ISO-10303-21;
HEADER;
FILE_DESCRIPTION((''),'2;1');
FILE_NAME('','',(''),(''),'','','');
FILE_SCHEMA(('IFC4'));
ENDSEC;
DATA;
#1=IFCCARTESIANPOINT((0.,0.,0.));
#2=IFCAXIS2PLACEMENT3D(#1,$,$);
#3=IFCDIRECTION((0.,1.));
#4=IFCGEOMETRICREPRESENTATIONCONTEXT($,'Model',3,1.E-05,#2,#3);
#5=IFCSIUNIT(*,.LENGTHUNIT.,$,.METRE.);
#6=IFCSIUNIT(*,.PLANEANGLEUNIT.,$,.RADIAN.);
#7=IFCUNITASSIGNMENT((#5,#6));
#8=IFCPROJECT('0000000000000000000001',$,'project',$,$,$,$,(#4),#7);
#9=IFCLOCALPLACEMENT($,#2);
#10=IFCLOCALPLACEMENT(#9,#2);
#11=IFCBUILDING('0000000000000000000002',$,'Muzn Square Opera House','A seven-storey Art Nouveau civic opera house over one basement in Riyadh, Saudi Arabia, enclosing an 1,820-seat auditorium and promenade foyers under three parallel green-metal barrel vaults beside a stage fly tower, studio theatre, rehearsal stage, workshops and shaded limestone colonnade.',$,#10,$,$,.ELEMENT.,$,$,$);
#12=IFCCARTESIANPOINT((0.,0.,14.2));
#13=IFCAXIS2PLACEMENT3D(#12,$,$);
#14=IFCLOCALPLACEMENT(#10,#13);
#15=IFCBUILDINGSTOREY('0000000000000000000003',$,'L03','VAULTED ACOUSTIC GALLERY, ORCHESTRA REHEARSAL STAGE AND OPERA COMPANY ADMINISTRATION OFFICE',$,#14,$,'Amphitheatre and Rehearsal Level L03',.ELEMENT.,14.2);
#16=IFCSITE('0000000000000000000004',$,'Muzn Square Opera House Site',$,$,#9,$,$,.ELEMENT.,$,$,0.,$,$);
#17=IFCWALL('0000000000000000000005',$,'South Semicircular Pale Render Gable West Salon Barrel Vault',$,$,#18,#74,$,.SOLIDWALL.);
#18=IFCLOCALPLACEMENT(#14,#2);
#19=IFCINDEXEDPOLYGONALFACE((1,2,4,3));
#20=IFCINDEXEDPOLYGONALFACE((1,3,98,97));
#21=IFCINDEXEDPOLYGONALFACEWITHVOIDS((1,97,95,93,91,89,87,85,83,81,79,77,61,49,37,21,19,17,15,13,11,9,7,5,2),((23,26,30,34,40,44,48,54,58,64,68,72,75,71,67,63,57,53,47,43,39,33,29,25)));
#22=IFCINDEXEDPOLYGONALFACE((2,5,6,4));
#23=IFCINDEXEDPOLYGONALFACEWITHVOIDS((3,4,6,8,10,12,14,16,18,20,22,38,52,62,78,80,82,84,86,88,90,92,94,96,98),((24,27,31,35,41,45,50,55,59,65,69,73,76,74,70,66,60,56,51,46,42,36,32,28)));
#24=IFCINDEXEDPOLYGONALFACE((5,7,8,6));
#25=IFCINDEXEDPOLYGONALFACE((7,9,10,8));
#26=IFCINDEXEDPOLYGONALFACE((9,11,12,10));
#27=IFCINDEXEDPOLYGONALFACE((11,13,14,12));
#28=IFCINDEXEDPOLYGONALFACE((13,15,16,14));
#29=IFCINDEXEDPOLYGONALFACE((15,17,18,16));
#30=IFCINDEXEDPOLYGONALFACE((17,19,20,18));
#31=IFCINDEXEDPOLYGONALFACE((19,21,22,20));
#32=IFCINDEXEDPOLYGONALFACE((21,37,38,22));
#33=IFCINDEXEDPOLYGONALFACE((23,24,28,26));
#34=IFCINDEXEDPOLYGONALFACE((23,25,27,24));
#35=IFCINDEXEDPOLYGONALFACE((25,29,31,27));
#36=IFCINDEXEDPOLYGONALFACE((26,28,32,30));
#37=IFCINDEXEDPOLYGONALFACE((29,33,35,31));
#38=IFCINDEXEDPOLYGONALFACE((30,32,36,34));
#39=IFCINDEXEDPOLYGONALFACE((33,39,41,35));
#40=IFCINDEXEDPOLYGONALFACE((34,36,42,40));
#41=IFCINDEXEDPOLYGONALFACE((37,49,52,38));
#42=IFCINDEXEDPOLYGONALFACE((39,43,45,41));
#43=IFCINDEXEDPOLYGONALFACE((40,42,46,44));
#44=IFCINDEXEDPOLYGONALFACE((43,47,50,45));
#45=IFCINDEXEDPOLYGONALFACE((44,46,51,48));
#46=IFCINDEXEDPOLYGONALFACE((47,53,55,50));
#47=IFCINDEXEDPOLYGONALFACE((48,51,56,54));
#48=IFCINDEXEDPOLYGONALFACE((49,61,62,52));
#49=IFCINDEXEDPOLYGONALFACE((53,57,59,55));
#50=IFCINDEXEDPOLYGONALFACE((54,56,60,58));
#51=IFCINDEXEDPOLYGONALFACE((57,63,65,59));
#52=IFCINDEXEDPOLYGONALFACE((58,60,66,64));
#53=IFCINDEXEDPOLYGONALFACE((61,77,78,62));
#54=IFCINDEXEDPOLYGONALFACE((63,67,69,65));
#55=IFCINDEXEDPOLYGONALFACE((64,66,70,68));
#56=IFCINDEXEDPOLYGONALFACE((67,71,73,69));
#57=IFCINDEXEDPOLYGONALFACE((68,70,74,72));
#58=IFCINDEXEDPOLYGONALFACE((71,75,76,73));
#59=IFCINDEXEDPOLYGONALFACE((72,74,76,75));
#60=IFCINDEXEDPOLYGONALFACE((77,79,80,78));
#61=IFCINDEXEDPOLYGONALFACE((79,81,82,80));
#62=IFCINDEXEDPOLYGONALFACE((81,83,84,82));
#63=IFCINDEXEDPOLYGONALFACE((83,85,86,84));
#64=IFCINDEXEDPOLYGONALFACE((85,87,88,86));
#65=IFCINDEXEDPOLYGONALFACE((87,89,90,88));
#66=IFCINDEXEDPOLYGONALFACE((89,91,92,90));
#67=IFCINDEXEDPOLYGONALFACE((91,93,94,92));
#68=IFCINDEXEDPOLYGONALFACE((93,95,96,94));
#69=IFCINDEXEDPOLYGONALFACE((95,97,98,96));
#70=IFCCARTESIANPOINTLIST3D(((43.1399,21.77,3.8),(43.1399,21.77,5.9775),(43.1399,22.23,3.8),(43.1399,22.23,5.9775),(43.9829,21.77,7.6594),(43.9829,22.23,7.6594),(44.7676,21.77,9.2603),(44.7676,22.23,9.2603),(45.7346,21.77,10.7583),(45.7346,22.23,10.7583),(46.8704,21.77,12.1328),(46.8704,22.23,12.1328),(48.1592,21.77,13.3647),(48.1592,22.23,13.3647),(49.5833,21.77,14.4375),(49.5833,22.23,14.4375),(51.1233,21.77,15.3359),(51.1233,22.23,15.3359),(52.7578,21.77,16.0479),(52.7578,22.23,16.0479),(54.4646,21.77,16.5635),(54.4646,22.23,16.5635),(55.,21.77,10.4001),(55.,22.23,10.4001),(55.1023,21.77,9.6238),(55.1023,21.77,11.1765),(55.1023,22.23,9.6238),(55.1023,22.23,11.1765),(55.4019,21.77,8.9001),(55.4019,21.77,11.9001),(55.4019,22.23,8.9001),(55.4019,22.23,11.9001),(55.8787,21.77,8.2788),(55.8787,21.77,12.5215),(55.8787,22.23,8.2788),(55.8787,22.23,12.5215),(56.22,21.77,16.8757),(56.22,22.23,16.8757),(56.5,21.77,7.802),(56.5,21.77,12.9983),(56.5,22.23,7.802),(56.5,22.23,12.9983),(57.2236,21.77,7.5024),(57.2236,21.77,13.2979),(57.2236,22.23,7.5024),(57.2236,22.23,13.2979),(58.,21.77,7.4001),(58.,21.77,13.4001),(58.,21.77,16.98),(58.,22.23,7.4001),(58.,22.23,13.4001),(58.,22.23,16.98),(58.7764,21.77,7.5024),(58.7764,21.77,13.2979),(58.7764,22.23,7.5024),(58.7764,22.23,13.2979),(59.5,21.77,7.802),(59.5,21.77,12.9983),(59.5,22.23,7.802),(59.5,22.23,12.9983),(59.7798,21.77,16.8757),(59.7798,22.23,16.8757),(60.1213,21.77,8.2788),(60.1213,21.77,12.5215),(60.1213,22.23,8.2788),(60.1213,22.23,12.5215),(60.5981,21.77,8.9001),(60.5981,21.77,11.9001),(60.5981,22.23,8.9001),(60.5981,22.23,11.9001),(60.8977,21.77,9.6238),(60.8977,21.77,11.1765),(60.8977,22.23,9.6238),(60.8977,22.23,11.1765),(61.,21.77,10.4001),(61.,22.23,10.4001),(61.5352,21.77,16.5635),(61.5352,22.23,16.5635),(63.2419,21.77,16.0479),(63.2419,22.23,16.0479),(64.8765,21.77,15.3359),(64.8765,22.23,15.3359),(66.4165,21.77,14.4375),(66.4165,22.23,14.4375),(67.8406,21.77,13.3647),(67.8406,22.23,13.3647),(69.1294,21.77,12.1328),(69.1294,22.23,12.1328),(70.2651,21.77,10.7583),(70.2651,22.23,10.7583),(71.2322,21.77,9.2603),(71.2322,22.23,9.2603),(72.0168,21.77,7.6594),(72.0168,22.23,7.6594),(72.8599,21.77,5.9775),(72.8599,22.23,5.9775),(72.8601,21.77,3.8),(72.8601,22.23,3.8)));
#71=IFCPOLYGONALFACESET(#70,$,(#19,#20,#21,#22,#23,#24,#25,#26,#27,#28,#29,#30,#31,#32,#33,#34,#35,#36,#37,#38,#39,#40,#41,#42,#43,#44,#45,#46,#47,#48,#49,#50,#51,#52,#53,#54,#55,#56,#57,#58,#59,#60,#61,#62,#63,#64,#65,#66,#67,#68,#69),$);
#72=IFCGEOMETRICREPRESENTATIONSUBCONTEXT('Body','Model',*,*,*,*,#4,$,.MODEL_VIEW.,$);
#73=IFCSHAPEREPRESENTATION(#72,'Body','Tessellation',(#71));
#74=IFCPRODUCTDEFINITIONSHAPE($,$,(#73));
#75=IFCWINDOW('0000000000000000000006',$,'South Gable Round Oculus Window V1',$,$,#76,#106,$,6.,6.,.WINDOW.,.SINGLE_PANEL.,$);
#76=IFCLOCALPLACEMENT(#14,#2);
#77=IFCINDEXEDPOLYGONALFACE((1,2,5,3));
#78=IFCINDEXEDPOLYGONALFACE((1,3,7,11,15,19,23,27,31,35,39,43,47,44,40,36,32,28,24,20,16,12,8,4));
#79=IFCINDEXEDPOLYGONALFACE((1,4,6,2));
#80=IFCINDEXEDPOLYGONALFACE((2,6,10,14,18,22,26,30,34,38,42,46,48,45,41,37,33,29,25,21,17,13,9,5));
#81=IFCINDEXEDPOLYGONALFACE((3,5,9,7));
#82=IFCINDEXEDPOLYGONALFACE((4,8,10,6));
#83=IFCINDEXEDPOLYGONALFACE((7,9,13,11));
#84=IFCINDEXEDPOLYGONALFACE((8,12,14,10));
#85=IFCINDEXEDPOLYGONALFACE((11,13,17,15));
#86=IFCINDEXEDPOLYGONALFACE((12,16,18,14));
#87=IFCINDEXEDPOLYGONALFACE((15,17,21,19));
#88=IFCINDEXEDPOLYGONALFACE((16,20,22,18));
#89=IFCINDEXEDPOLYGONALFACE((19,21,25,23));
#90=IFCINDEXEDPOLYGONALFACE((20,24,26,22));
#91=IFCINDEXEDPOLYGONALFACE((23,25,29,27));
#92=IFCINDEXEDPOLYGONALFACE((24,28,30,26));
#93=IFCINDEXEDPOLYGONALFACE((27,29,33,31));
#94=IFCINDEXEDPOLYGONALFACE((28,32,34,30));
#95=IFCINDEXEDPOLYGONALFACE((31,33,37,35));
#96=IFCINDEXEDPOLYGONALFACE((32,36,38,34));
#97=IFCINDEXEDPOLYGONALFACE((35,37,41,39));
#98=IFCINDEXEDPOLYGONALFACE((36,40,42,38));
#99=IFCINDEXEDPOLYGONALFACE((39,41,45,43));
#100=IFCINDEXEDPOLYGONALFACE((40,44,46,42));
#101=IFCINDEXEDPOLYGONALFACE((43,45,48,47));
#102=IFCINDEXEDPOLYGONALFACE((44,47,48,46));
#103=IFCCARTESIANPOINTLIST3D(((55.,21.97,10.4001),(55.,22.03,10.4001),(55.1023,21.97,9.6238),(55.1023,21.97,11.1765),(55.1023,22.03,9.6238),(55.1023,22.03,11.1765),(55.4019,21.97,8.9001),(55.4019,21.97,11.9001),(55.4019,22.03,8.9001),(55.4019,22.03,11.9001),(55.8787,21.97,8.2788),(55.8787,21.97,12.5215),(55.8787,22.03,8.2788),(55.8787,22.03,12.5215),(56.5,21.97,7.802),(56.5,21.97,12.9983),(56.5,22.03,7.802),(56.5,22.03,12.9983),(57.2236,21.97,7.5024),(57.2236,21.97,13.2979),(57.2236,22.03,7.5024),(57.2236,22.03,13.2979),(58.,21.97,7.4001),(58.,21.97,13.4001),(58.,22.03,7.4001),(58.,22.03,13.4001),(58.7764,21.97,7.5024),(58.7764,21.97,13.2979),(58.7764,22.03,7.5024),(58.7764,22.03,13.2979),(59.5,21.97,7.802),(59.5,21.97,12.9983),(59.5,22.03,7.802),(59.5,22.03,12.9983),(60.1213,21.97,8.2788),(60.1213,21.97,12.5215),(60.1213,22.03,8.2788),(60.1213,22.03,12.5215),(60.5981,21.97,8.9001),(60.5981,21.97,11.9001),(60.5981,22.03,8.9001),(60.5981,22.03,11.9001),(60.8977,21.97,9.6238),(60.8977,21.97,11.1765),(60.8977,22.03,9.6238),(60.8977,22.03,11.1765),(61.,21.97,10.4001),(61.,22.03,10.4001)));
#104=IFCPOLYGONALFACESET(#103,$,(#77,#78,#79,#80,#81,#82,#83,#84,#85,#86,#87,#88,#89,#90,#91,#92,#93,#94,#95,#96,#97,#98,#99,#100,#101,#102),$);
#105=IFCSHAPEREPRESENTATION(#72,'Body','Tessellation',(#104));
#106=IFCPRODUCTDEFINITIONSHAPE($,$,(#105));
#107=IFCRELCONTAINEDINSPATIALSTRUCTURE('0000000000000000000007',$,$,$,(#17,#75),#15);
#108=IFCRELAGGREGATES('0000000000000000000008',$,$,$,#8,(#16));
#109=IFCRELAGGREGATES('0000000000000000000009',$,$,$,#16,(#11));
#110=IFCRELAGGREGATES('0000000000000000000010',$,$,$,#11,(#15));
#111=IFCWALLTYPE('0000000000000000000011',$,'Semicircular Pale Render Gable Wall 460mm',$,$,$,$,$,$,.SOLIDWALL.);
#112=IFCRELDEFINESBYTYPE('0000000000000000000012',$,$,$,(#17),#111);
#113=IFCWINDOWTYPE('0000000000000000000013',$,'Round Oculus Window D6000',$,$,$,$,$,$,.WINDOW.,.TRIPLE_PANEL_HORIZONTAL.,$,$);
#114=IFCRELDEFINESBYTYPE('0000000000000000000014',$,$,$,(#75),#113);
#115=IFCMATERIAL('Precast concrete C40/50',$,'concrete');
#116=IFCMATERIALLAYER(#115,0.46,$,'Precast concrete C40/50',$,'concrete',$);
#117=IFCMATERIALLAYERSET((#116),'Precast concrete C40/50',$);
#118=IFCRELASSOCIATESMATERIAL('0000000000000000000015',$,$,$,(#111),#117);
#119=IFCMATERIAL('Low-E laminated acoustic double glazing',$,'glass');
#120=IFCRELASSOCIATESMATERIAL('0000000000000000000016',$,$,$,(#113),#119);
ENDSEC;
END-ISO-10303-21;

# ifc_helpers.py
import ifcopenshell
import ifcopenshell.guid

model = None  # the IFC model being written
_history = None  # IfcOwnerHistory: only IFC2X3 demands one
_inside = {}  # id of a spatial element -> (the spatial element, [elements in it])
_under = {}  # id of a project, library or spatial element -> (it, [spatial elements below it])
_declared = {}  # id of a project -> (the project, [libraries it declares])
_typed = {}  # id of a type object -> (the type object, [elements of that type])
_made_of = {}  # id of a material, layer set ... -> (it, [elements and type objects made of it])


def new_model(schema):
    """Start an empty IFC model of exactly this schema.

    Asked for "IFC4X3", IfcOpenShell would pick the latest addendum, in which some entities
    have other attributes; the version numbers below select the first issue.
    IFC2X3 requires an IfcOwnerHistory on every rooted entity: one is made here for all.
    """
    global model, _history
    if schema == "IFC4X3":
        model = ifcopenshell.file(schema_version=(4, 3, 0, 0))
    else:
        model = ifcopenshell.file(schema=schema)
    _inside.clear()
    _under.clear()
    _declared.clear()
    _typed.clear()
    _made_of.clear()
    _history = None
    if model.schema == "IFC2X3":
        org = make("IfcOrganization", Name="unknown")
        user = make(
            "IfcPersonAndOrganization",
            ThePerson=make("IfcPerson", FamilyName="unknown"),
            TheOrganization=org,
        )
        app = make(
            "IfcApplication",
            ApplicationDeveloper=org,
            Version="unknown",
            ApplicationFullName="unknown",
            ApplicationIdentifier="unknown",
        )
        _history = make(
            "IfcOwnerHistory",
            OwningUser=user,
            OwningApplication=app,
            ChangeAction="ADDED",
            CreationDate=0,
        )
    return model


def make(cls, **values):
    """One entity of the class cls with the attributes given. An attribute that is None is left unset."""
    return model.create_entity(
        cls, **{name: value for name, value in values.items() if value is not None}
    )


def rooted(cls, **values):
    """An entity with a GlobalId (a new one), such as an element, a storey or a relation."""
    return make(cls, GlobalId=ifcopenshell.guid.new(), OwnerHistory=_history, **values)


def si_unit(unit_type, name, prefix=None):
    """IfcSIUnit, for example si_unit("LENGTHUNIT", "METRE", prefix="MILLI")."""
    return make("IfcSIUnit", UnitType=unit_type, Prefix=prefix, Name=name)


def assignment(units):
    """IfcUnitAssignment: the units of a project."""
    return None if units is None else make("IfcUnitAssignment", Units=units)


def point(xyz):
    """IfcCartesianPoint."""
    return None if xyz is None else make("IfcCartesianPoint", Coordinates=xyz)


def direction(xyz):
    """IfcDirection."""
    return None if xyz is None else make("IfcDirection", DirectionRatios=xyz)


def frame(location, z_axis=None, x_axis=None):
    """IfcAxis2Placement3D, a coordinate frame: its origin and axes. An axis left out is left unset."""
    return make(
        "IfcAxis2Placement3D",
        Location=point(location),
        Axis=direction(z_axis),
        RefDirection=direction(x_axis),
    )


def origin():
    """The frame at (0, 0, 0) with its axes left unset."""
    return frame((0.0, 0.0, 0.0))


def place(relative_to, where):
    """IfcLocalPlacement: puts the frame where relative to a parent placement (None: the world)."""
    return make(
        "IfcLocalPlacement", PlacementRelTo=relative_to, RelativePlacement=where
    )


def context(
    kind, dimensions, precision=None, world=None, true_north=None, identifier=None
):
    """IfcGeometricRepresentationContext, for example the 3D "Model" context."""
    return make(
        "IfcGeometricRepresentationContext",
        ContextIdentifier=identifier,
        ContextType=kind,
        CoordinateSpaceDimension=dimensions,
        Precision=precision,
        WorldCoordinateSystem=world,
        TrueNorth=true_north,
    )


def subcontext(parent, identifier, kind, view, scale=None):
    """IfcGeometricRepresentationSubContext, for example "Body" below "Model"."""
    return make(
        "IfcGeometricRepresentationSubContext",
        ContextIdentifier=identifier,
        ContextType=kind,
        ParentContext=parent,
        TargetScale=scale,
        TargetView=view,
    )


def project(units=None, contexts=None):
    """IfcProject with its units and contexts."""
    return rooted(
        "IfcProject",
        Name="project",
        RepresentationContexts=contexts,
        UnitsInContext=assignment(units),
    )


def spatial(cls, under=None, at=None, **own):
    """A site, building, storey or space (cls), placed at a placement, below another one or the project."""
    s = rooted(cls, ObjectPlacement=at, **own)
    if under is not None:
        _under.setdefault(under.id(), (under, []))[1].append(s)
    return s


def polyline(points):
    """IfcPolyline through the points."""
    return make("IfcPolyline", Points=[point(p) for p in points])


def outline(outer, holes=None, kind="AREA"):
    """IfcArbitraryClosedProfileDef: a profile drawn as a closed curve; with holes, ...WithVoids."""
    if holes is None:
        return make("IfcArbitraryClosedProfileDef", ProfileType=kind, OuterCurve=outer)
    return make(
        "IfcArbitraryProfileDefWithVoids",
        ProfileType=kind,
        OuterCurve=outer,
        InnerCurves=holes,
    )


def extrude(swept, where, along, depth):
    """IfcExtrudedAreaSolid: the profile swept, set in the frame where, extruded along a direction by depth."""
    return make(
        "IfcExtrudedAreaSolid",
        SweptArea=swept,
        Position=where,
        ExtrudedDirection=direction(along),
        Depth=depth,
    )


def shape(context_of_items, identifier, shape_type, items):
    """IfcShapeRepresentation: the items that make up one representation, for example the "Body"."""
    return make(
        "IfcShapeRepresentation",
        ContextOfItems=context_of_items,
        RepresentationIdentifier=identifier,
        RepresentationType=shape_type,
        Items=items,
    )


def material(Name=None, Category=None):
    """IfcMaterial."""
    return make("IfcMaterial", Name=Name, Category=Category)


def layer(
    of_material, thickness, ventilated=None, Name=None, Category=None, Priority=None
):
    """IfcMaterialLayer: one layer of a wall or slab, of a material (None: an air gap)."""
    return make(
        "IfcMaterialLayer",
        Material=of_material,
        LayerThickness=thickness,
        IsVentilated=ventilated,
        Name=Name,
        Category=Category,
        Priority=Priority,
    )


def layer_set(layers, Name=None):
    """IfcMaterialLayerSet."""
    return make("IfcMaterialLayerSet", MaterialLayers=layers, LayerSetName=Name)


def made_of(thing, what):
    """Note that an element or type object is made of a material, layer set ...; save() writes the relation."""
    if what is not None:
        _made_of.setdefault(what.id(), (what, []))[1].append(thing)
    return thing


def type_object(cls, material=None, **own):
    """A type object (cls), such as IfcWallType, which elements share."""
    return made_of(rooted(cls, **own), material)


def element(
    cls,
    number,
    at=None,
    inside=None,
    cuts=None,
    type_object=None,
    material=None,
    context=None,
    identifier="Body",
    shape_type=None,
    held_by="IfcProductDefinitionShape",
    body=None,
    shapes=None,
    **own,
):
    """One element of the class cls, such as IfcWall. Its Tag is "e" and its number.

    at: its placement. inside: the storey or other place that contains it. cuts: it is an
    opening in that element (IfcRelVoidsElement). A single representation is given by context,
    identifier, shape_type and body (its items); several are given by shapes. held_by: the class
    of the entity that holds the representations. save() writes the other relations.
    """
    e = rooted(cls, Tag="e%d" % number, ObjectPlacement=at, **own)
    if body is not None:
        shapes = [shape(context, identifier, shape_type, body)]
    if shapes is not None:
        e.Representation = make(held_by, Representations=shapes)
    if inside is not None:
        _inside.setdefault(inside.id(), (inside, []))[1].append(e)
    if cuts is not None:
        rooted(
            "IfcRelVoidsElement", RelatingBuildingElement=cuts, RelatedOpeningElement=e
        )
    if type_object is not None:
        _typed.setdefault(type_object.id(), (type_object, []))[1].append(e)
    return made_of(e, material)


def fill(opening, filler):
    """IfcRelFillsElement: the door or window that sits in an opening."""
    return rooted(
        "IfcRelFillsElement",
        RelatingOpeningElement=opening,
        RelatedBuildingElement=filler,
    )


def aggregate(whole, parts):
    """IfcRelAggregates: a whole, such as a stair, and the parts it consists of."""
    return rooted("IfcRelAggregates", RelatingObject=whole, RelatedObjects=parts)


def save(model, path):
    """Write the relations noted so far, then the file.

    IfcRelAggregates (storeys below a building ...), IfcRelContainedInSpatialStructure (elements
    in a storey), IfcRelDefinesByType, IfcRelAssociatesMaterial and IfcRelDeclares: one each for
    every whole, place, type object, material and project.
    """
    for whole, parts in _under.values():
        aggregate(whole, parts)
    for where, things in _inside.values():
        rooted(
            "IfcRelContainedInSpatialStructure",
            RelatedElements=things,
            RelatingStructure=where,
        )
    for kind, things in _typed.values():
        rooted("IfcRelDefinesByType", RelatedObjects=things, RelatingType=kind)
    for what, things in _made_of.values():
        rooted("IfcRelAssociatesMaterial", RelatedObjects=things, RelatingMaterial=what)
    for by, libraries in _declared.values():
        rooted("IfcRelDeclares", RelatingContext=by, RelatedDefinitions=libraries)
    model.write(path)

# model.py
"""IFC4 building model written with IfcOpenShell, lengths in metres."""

from ifc_helpers import new_model, si_unit, direction, frame, origin, place, context, subcontext, project, spatial, polyline, outline, extrude, material, layer, layer_set, type_object, element, fill, save


model = new_model("IFC4")

# Units and contexts
model_context = context("Model", 3, precision=1e-05, world=origin(), true_north=direction((0.0, 1.0)))
body_context = subcontext(model_context, "Body", "Model", "MODEL_VIEW")
ifc_project = project(units=[si_unit("LENGTHUNIT", "METRE"), si_unit("PLANEANGLEUNIT", "RADIAN")], contexts=[model_context])

# Site, building, storey
site_placement = place(None, origin())
site = spatial("IfcSite", under=ifc_project, at=site_placement, Name="Muzn Square Opera House Site", CompositionType="ELEMENT", RefElevation=0.0)
building_placement = place(site_placement, origin())
building = spatial("IfcBuilding", under=site, at=building_placement, Name="Muzn Square Opera House", Description="A seven-storey Art Nouveau civic opera house over one basement in Riyadh, Saudi Arabia, enclosing an 1,820-seat auditorium and promenade foyers under three parallel green-metal barrel vaults beside a stage fly tower, studio theatre, rehearsal stage, workshops and shaded limestone colonnade.", CompositionType="ELEMENT")
storey_placement = place(building_placement, frame((0.0, 0.0, 14.2)))
storey = spatial("IfcBuildingStorey", under=building, at=storey_placement, Name="L03", Description="VAULTED ACOUSTIC GALLERY, ORCHESTRA REHEARSAL STAGE AND OPERA COMPANY ADMINISTRATION OFFICE", LongName="Amphitheatre and Rehearsal Level L03", CompositionType="ELEMENT", Elevation=14.2)

# Shared definitions
ifc_material_1 = material(Name="Low-E laminated acoustic double glazing", Category="glass")

# Wall, opening, window
ifc_material_2 = material(Name="Precast concrete C40/50", Category="concrete")
ifc_layer_1 = layer(ifc_material_2, 0.46, Name="Precast concrete C40/50", Category="concrete")
ifc_layer_set_1 = layer_set([ifc_layer_1], Name="Precast concrete C40/50")
wall_type_1 = type_object("IfcWallType", Name="Semicircular Pale Render Gable Wall 460mm", PredefinedType="SOLIDWALL", material=ifc_layer_set_1)
wall_1_placement = place(storey_placement, frame((43.1399, 22.0, 3.8), z_axis=(0.0, 0.0, 1.0), x_axis=(1.0, 0.0, 0.0)))
wall_1 = element("IfcWall", 1, at=wall_1_placement, inside=storey, type_object=wall_type_1, Name="South Semicircular Pale Render Gable West Salon Barrel Vault", PredefinedType="SOLIDWALL", context=body_context, shape_type="SweptSolid", body=[
    extrude(outline(polyline([(0.0, 0.0), (29.7202, 0.0), (29.72, 2.1775), (28.877, 3.8594), (28.0923, 5.4602), (27.1252, 6.9583), (25.9895, 8.3328), (24.7007, 9.5647), (23.2766, 10.6375), (21.7366, 11.5359), (20.1021, 12.2478), (18.3953, 12.7634), (16.6399, 13.0757), (14.8601, 13.1799), (13.0801, 13.0757), (11.3247, 12.7634), (9.6179, 12.2478), (7.9834, 11.5359), (6.4434, 10.6375), (5.0193, 9.5647), (3.7305, 8.3328), (2.5947, 6.9583), (1.6277, 5.4602), (0.843, 3.8594), (0.0, 2.1775), (0.0, 0.0)])), frame((0.0, 0.23, 0.0), z_axis=(0.0, -1.0, 0.0), x_axis=(1.0, 0.0, 0.0)), (0.0, 0.0, 1.0), 0.46),
])
opening_1_placement = place(wall_1_placement, frame((11.8601, 0.0, 3.6001)))
opening_1 = element("IfcOpeningElement", 2, at=opening_1_placement, cuts=wall_1, PredefinedType="OPENING", context=body_context, shape_type="SweptSolid", body=[
    extrude(outline(polyline([(6.0, 3.0), (5.8977, 3.7764), (5.5981, 4.5), (5.1213, 5.1213), (4.5, 5.5981), (3.7764, 5.8977), (3.0, 6.0), (2.2236, 5.8977), (1.5, 5.5981), (0.8787, 5.1213), (0.4019, 4.5), (0.1023, 3.7764), (0.0, 3.0), (0.1023, 2.2236), (0.4019, 1.5), (0.8787, 0.8787), (1.5, 0.4019), (2.2236, 0.1023), (3.0, 0.0), (3.7764, 0.1023), (4.5, 0.4019), (5.1213, 0.8787), (5.5981, 1.5), (5.8977, 2.2236), (6.0, 3.0)])), frame((0.0, 0.24, 0.0), z_axis=(0.0, -1.0, 0.0), x_axis=(1.0, 0.0, 0.0)), (0.0, 0.0, 1.0), 0.48),
])
window_type = type_object("IfcWindowType", Name="Round Oculus Window D6000", PartitioningType="TRIPLE_PANEL_HORIZONTAL", PredefinedType="WINDOW", material=ifc_material_1)
window_placement = place(opening_1_placement, origin())
window = element("IfcWindow", 3, at=window_placement, inside=storey, type_object=window_type, Name="South Gable Round Oculus Window V1", OverallHeight=6.0, OverallWidth=6.0, PartitioningType="SINGLE_PANEL", PredefinedType="WINDOW", context=body_context, shape_type="SweptSolid", body=[
    extrude(outline(polyline([(6.0, 3.0), (5.8977, 3.7764), (5.5981, 4.5), (5.1213, 5.1213), (4.5, 5.5981), (3.7764, 5.8977), (3.0, 6.0), (2.2236, 5.8977), (1.5, 5.5981), (0.8787, 5.1213), (0.4019, 4.5), (0.1023, 3.7764), (0.0, 3.0), (0.1023, 2.2236), (0.4019, 1.5), (0.8787, 0.8787), (1.5, 0.4019), (2.2236, 0.1023), (3.0, 0.0), (3.7764, 0.1023), (4.5, 0.4019), (5.1213, 0.8787), (5.5981, 1.5), (5.8977, 2.2236), (6.0, 3.0)])), frame((0.0, 0.03, 0.0), z_axis=(0.0, -1.0, 0.0), x_axis=(1.0, 0.0, 0.0)), (0.0, 0.0, 1.0), 0.0601),
])
fill(opening_1, window)

save(model, "model.ifc")
